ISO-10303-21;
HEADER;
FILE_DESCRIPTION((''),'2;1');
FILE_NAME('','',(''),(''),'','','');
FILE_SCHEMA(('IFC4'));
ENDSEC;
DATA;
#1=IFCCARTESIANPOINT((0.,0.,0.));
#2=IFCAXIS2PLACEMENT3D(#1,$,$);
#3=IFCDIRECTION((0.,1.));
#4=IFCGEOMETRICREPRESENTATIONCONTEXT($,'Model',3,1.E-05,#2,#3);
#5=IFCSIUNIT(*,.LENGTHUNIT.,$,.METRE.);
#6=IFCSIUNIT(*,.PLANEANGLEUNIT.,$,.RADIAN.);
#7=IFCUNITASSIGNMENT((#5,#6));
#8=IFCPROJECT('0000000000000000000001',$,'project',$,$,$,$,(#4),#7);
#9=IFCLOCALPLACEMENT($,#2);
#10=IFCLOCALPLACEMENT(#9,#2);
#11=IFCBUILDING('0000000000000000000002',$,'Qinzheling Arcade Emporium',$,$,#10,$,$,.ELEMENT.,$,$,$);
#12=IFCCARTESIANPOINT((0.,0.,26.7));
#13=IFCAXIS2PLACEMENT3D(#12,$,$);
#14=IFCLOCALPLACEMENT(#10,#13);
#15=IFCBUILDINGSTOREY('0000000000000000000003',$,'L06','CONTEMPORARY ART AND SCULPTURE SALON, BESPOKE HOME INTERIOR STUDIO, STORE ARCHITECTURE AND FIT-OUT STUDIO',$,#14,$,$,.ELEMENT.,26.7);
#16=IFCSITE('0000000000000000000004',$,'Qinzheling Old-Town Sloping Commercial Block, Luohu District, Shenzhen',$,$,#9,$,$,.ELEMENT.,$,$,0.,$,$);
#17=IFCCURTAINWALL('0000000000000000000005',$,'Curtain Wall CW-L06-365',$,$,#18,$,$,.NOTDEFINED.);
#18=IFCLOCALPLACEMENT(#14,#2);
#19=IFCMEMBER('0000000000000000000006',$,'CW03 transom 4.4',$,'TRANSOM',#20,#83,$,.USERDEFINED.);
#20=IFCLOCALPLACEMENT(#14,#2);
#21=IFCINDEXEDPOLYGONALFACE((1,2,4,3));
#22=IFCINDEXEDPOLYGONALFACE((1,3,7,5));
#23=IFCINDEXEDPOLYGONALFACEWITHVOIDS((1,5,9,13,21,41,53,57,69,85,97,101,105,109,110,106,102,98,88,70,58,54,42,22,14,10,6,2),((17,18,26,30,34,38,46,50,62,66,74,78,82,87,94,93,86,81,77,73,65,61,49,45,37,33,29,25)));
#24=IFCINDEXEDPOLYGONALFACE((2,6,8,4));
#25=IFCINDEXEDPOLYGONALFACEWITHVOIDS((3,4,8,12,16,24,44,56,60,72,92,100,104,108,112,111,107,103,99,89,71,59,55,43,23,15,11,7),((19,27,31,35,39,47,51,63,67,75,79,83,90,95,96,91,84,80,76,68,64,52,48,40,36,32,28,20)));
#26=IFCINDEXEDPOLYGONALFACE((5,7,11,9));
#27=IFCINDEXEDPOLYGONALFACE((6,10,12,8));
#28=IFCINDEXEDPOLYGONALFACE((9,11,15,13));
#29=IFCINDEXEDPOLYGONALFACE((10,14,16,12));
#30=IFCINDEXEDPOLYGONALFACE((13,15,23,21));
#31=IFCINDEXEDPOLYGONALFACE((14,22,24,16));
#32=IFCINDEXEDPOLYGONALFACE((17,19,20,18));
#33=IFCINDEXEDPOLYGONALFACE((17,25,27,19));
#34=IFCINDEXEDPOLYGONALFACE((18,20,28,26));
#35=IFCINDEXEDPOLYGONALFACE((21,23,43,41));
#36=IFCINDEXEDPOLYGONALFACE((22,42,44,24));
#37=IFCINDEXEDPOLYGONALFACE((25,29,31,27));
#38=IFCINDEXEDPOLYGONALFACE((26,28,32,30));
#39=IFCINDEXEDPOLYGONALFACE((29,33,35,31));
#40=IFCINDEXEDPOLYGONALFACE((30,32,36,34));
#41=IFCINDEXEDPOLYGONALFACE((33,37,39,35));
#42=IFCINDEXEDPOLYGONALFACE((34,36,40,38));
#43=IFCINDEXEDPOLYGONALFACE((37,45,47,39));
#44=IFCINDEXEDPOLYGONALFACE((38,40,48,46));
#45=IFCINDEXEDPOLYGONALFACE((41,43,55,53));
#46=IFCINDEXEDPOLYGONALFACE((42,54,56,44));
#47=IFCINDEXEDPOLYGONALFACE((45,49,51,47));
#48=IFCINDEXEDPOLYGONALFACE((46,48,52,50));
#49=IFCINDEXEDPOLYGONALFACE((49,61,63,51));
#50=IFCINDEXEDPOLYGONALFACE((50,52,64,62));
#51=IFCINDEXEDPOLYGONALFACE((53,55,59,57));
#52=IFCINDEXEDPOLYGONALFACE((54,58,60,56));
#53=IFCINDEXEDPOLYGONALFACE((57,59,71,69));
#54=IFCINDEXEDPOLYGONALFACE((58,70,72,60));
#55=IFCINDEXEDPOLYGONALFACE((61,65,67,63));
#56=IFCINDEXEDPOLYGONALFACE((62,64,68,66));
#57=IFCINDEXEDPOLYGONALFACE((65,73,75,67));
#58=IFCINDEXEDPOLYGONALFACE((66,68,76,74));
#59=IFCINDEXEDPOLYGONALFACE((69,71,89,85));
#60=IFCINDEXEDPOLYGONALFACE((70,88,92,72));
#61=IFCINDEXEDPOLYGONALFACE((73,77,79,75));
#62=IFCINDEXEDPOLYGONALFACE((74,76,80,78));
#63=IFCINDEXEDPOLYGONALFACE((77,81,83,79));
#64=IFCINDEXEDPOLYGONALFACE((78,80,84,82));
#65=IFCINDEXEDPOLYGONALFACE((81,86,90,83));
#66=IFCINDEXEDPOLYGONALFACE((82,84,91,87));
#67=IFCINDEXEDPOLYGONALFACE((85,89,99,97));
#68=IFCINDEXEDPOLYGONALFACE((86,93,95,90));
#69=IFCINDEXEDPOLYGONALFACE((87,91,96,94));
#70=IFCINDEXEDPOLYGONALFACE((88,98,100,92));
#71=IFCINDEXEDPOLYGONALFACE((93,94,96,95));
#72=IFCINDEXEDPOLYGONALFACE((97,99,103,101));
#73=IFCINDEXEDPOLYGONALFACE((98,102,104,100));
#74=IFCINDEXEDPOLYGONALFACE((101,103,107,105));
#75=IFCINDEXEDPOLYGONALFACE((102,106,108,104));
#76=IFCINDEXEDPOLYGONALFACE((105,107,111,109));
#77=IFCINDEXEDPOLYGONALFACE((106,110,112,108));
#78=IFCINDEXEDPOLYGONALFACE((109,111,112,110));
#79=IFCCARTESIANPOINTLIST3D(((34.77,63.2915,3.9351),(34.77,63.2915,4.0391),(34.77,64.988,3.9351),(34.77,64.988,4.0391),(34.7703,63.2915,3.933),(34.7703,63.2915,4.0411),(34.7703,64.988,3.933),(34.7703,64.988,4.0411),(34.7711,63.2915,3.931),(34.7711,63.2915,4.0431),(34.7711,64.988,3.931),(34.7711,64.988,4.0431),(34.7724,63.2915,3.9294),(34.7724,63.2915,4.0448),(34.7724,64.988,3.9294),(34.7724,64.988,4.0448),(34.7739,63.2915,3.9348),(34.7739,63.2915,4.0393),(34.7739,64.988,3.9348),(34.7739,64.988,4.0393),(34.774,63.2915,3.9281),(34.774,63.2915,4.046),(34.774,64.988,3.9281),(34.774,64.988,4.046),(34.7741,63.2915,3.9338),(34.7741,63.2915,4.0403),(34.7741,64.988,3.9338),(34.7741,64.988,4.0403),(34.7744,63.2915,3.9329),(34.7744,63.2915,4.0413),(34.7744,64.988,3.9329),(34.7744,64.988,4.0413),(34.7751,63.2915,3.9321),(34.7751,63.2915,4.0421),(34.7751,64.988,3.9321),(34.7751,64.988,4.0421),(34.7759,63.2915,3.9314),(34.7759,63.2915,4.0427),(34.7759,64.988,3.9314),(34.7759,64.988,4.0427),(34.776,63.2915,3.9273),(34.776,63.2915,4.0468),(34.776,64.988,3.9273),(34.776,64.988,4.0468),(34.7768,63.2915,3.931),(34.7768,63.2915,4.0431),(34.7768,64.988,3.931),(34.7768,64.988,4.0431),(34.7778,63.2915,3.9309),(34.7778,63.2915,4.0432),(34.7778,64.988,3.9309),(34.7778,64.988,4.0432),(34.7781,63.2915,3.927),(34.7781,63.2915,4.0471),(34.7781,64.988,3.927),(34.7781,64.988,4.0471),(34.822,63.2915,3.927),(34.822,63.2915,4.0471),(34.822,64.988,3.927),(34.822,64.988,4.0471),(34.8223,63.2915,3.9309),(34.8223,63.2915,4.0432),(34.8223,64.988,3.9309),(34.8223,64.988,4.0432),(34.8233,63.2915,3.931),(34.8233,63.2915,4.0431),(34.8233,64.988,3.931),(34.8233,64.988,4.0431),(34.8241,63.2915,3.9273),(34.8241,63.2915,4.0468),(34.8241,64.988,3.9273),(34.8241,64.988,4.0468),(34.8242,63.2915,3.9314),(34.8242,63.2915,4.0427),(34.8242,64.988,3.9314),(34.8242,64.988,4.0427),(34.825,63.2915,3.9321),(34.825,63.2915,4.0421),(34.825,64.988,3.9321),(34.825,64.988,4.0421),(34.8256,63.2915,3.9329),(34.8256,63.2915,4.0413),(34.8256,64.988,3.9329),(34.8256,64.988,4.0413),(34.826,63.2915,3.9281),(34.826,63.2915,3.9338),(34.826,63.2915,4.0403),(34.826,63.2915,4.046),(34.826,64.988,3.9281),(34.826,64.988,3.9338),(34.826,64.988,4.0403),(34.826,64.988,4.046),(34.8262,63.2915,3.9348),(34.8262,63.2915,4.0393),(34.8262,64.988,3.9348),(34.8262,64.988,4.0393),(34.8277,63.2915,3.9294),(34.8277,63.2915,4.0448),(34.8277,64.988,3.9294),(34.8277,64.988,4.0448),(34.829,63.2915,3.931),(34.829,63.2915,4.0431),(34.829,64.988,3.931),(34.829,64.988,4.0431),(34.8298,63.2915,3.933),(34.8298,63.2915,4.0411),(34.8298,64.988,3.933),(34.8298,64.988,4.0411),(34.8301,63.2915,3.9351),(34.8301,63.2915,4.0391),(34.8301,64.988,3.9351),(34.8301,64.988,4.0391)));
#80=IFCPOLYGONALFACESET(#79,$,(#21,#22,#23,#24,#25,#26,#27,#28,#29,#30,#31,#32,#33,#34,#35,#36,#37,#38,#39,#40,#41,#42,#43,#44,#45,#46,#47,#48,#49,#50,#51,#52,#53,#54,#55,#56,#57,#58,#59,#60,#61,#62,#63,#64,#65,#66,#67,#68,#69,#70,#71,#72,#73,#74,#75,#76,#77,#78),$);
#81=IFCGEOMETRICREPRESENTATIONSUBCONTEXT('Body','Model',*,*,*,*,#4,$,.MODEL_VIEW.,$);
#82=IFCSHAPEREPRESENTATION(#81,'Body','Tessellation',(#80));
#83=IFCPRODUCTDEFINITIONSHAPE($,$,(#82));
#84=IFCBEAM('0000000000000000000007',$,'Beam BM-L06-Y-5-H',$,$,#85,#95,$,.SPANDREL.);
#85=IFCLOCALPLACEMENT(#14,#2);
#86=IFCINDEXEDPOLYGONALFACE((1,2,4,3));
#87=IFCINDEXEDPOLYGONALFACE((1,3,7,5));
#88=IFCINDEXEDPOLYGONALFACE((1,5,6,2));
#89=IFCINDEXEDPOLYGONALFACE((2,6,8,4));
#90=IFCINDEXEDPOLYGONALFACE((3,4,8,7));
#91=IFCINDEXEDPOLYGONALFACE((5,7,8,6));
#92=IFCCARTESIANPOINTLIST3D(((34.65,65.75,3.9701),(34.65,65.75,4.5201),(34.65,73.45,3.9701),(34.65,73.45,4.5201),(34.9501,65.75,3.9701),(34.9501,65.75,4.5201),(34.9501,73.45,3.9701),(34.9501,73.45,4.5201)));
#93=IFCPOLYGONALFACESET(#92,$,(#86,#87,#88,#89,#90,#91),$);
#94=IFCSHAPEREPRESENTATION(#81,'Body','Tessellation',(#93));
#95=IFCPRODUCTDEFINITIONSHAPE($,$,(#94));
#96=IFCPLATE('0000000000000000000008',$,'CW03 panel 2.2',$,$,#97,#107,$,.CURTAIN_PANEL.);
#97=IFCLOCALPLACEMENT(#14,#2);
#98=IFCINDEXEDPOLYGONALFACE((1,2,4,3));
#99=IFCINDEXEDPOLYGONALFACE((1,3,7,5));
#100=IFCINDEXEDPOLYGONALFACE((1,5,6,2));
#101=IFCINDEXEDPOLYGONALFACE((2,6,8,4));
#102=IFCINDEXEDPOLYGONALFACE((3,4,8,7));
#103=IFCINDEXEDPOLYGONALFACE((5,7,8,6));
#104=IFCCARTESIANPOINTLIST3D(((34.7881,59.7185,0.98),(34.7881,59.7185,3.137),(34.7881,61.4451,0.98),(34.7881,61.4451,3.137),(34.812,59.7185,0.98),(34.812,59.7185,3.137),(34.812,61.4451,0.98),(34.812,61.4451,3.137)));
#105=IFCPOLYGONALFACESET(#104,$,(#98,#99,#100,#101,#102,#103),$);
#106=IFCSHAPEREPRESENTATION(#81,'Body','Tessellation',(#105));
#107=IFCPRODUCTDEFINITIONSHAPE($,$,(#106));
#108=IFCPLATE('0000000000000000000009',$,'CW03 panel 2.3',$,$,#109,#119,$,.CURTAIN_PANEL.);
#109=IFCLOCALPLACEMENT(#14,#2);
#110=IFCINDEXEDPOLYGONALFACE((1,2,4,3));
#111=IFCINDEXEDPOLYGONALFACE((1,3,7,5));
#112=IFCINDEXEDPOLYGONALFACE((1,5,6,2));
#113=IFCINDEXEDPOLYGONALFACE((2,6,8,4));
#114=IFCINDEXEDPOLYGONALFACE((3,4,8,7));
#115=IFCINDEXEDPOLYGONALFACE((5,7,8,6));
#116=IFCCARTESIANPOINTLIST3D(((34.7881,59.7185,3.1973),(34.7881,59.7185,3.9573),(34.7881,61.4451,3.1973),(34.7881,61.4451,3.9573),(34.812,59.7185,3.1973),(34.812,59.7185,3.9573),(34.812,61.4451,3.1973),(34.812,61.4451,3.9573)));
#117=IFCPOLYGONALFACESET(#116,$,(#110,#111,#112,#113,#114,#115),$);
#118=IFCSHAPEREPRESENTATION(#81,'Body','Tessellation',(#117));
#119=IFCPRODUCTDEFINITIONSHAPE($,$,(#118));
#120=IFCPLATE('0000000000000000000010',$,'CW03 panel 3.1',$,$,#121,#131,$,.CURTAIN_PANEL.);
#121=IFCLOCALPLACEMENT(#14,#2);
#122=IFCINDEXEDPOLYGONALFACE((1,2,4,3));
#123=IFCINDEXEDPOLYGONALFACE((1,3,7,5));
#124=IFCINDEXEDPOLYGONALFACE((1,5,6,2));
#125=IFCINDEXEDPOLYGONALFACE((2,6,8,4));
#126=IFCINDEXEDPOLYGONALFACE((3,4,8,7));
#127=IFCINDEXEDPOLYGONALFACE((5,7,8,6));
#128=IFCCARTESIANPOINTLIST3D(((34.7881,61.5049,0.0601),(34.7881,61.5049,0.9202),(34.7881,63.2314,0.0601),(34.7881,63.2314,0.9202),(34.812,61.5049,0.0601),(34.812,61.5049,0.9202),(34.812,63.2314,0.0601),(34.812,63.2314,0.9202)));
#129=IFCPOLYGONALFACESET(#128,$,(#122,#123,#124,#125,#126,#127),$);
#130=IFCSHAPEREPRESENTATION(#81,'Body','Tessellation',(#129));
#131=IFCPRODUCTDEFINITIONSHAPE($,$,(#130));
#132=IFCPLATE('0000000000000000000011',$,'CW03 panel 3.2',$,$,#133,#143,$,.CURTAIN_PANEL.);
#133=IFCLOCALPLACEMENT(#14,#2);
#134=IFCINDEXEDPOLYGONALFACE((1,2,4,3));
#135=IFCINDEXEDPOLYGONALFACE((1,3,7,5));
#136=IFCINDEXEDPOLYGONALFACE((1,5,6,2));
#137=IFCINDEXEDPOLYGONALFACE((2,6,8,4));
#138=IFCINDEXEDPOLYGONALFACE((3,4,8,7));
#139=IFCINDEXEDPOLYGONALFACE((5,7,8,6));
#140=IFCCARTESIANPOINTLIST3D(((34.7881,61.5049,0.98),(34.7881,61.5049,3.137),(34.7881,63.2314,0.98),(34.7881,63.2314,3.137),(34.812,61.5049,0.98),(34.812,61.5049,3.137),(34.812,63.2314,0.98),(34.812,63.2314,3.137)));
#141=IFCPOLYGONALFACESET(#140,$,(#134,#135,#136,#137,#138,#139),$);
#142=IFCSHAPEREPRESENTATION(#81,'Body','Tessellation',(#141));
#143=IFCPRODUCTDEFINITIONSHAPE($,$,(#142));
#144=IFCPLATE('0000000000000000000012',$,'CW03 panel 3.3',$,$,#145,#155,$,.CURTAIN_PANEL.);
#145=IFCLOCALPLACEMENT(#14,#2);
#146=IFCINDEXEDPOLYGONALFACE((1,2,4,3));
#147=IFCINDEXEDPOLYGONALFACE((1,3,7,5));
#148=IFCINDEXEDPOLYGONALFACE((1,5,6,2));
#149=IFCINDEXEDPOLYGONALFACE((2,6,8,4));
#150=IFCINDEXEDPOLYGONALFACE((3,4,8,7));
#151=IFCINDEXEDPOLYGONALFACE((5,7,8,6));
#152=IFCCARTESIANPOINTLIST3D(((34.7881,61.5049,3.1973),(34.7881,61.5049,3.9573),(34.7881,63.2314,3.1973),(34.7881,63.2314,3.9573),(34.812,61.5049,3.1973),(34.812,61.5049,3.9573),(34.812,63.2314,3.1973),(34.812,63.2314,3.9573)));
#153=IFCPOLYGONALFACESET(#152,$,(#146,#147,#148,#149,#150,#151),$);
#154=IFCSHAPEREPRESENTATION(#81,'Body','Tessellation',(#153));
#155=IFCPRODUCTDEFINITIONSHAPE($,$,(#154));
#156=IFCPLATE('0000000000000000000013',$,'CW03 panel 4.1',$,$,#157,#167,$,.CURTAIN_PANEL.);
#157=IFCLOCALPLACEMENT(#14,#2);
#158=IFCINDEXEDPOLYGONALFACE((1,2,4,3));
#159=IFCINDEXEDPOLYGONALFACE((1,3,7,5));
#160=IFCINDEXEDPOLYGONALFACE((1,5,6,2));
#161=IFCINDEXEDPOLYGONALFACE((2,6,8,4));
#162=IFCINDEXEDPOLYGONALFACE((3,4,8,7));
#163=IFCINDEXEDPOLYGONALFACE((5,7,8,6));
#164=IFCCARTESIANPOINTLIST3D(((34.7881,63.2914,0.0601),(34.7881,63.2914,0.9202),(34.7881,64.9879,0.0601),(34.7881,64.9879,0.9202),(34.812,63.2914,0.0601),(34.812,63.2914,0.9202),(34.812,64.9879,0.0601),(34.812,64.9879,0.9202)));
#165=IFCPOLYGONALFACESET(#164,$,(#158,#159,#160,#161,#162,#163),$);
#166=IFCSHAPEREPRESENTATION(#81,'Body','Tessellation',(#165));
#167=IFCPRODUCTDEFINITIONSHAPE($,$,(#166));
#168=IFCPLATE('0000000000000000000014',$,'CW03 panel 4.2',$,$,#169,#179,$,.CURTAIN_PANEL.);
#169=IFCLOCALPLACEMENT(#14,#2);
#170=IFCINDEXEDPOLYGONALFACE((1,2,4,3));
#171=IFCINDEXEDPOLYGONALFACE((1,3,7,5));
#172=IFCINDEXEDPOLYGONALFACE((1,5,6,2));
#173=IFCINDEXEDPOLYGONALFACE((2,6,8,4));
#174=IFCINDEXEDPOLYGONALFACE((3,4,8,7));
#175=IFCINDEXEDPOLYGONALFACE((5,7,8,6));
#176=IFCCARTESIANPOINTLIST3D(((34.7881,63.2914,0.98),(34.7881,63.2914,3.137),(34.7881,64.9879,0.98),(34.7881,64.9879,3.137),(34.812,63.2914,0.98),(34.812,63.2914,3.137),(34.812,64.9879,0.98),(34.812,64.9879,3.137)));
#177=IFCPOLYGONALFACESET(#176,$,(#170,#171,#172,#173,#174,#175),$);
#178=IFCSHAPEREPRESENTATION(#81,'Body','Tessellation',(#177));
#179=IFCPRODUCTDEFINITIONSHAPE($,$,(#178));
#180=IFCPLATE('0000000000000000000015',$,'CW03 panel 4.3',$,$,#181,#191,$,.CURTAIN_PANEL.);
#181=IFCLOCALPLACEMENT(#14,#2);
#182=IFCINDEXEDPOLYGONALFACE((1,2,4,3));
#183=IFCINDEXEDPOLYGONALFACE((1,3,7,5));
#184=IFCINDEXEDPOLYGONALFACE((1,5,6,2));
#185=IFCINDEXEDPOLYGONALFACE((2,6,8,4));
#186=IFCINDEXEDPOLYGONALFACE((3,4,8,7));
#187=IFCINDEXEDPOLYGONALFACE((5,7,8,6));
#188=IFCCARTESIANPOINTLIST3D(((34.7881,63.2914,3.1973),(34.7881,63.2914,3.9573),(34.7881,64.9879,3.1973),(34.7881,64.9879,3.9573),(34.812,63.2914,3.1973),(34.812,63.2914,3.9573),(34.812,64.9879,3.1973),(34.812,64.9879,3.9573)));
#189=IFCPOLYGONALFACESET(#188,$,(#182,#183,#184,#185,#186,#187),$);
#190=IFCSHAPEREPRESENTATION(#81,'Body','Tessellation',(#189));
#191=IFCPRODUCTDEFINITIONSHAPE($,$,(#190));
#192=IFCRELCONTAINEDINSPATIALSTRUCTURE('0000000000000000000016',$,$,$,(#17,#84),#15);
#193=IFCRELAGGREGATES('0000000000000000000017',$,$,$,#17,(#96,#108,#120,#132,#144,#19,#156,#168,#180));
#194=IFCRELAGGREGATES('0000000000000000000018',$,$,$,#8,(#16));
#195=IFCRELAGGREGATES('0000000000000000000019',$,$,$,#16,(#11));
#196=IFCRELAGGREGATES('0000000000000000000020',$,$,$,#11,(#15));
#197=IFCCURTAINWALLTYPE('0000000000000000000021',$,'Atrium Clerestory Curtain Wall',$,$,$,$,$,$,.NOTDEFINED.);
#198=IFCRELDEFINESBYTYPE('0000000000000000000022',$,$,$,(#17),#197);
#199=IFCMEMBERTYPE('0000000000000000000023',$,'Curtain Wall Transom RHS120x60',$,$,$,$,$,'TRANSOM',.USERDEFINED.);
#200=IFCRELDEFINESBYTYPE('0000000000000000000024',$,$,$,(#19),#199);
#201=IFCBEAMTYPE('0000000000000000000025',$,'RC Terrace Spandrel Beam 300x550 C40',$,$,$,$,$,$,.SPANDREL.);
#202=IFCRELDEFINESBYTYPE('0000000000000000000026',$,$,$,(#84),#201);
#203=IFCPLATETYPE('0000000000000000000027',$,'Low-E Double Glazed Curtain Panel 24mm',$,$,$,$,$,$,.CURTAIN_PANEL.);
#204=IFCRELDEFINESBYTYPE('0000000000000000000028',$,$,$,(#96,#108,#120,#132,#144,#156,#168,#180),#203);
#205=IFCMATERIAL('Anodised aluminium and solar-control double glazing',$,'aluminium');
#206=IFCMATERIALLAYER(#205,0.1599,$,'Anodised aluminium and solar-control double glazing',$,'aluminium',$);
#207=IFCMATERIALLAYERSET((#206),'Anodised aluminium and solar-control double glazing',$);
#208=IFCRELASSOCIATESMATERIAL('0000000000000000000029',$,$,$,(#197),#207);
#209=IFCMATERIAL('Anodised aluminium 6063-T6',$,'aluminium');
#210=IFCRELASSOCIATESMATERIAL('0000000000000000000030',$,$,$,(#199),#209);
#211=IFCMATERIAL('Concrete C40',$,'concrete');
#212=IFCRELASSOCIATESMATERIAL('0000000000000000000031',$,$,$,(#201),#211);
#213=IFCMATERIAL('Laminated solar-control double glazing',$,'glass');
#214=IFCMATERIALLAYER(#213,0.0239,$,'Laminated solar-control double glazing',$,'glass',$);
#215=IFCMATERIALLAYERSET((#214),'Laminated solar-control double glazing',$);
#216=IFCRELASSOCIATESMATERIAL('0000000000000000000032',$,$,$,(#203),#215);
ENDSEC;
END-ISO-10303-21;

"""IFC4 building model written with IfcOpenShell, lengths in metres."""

from ifc_helpers import new_model, si_unit, direction, frame, origin, origin_2d, place, context, subcontext, project, spatial, rectangle, hollow_rectangle, extrude, material, layer, layer_set, material_profile, profile_set, type_object, element, aggregate, save


model = new_model("IFC4")

# Units and contexts
model_context = context("Model", 3, precision=1e-05, world=origin(), true_north=direction((0.0, 1.0)))
body_context = subcontext(model_context, "Body", "Model", "MODEL_VIEW")
ifc_project = project(units=[si_unit("LENGTHUNIT", "METRE"), si_unit("PLANEANGLEUNIT", "RADIAN")], contexts=[model_context])

# Site, building, storey
site_placement = place(None, origin())
site = spatial("IfcSite", under=ifc_project, at=site_placement, Name="Qinzheling Old-Town Sloping Commercial Block, Luohu District, Shenzhen", CompositionType="ELEMENT", RefElevation=0.0)
building_placement = place(site_placement, origin())
building = spatial("IfcBuilding", under=site, at=building_placement, Name="Qinzheling Arcade Emporium", CompositionType="ELEMENT")
storey_placement = place(building_placement, frame((0.0, 0.0, 26.7)))
storey = spatial("IfcBuildingStorey", under=building, at=storey_placement, Name="L06", Description="CONTEMPORARY ART AND SCULPTURE SALON, BESPOKE HOME INTERIOR STUDIO, STORE ARCHITECTURE AND FIT-OUT STUDIO", CompositionType="ELEMENT", Elevation=26.7)

# Shared definitions
ifc_material_1 = material(Name="Concrete C40", Category="concrete")

# Curtain wall, member
ifc_material_2 = material(Name="Anodised aluminium and solar-control double glazing", Category="aluminium")
ifc_layer_1 = layer(ifc_material_2, 0.1599, Name="Anodised aluminium and solar-control double glazing", Category="aluminium")
ifc_layer_set_1 = layer_set([ifc_layer_1], Name="Anodised aluminium and solar-control double glazing")
curtain_wall_type = type_object("IfcCurtainWallType", Name="Atrium Clerestory Curtain Wall", PredefinedType="NOTDEFINED", material=ifc_layer_set_1)
curtain_wall_placement = place(storey_placement, origin())
curtain_wall = element("IfcCurtainWall", 1, at=curtain_wall_placement, inside=storey, type_object=curtain_wall_type, Name="Curtain Wall CW-L06-365", PredefinedType="NOTDEFINED")
ifc_material_3 = material(Name="Anodised aluminium 6063-T6", Category="aluminium")
ifc_material_profile_1 = material_profile(ifc_material_3, hollow_rectangle(XDim=0.0601, YDim=0.1201, WallThickness=0.0039, InnerFilletRadius=0.0039, OuterFilletRadius=0.0081, at=origin_2d()), Name="RHS 120x60x4", Category="aluminium")
ifc_profile_set_1 = profile_set([ifc_material_profile_1], Name="Anodised aluminium 6063-T6")
member_type_1 = type_object("IfcMemberType", Name="Curtain Wall Transom RHS120x60", ElementType="TRANSOM", PredefinedType="USERDEFINED", material=ifc_profile_set_1)
member_1_placement = place(storey_placement, frame((34.8, 63.2915, 3.9871), z_axis=(0.0, 1.0, 0.0), x_axis=(-1.0, 0.0, 0.0)))
member_1 = element("IfcMember", 2, at=member_1_placement, type_object=member_type_1, Name="CW03 transom 4.4", ObjectType="TRANSOM", PredefinedType="USERDEFINED", context=body_context, shape_type="SweptSolid", body=[
    extrude(hollow_rectangle(XDim=0.0601, YDim=0.1201, WallThickness=0.0039, InnerFilletRadius=0.0039, OuterFilletRadius=0.0081, at=origin_2d()), origin(), (0.0, 0.0, 1.0), 1.6965),
])

# Beam
ifc_material_profile_2 = material_profile(ifc_material_1, rectangle(XDim=0.3, YDim=0.55, at=origin_2d()), Name="RC 300x550", Category="concrete")
ifc_profile_set_2 = profile_set([ifc_material_profile_2], Name="Concrete C40")
beam_type = type_object("IfcBeamType", Name="RC Terrace Spandrel Beam 300x550 C40", PredefinedType="SPANDREL", material=ifc_profile_set_2)
beam_placement = place(storey_placement, frame((34.8, 65.75, 4.2451), z_axis=(0.0, 1.0, 0.0), x_axis=(-1.0, 0.0, 0.0)))
element("IfcBeam", 3, at=beam_placement, inside=storey, type_object=beam_type, Name="Beam BM-L06-Y-5-H", PredefinedType="SPANDREL", context=body_context, shape_type="SweptSolid", body=[
    extrude(rectangle(XDim=0.3, YDim=0.55, at=origin_2d()), origin(), (0.0, 0.0, 1.0), 7.7),
])

# Plates
ifc_material_4 = material(Name="Laminated solar-control double glazing", Category="glass")
ifc_layer_2 = layer(ifc_material_4, 0.0239, Name="Laminated solar-control double glazing", Category="glass")
ifc_layer_set_2 = layer_set([ifc_layer_2], Name="Laminated solar-control double glazing")
plate_type = type_object("IfcPlateType", Name="Low-E Double Glazed Curtain Panel 24mm", PredefinedType="CURTAIN_PANEL", material=ifc_layer_set_2)
plate_1_placement = place(storey_placement, frame((34.8, 60.5818, 0.98), z_axis=(0.0, 0.0, 1.0), x_axis=(0.0, 1.0, 0.0)))
plate_1 = element("IfcPlate", 4, at=plate_1_placement, type_object=plate_type, Name="CW03 panel 2.2", PredefinedType="CURTAIN_PANEL", context=body_context, shape_type="SweptSolid", body=[
    extrude(rectangle(XDim=1.7266, YDim=0.0239, at=origin_2d()), origin(), (0.0, 0.0, 1.0), 2.157),
])
plate_2_placement = place(storey_placement, frame((34.8, 60.5818, 3.1973), z_axis=(0.0, 0.0, 1.0), x_axis=(0.0, 1.0, 0.0)))
plate_2 = element("IfcPlate", 5, at=plate_2_placement, type_object=plate_type, Name="CW03 panel 2.3", PredefinedType="CURTAIN_PANEL", context=body_context, shape_type="SweptSolid", body=[
    extrude(rectangle(XDim=1.7266, YDim=0.0239, at=origin_2d()), origin(), (0.0, 0.0, 1.0), 0.76),
])
plate_3_placement = place(storey_placement, frame((34.8, 62.3682, 0.0601), z_axis=(0.0, 0.0, 1.0), x_axis=(0.0, 1.0, 0.0)))
plate_3 = element("IfcPlate", 6, at=plate_3_placement, type_object=plate_type, Name="CW03 panel 3.1", PredefinedType="CURTAIN_PANEL", context=body_context, shape_type="SweptSolid", body=[
    extrude(rectangle(XDim=1.7266, YDim=0.0239, at=origin_2d()), origin(), (0.0, 0.0, 1.0), 0.8601),
])
plate_4_placement = place(storey_placement, frame((34.8, 62.3682, 0.98), z_axis=(0.0, 0.0, 1.0), x_axis=(0.0, 1.0, 0.0)))
plate_4 = element("IfcPlate", 7, at=plate_4_placement, type_object=plate_type, Name="CW03 panel 3.2", PredefinedType="CURTAIN_PANEL", context=body_context, shape_type="SweptSolid", body=[
    extrude(rectangle(XDim=1.7266, YDim=0.0239, at=origin_2d()), origin(), (0.0, 0.0, 1.0), 2.157),
])
plate_5_placement = place(storey_placement, frame((34.8, 62.3682, 3.1973), z_axis=(0.0, 0.0, 1.0), x_axis=(0.0, 1.0, 0.0)))
plate_5 = element("IfcPlate", 8, at=plate_5_placement, type_object=plate_type, Name="CW03 panel 3.3", PredefinedType="CURTAIN_PANEL", context=body_context, shape_type="SweptSolid", body=[
    extrude(rectangle(XDim=1.7266, YDim=0.0239, at=origin_2d()), origin(), (0.0, 0.0, 1.0), 0.76),
])
plate_6_placement = place(storey_placement, frame((34.8, 64.1396, 0.0601), z_axis=(0.0, 0.0, 1.0), x_axis=(0.0, 1.0, 0.0)))
plate_6 = element("IfcPlate", 9, at=plate_6_placement, type_object=plate_type, Name="CW03 panel 4.1", PredefinedType="CURTAIN_PANEL", context=body_context, shape_type="SweptSolid", body=[
    extrude(rectangle(XDim=1.6965, YDim=0.0239, at=origin_2d()), origin(), (0.0, 0.0, 1.0), 0.8601),
])
plate_7_placement = place(storey_placement, frame((34.8, 64.1396, 0.98), z_axis=(0.0, 0.0, 1.0), x_axis=(0.0, 1.0, 0.0)))
plate_7 = element("IfcPlate", 10, at=plate_7_placement, type_object=plate_type, Name="CW03 panel 4.2", PredefinedType="CURTAIN_PANEL", context=body_context, shape_type="SweptSolid", body=[
    extrude(rectangle(XDim=1.6965, YDim=0.0239, at=origin_2d()), origin(), (0.0, 0.0, 1.0), 2.157),
])
plate_8_placement = place(storey_placement, frame((34.8, 64.1396, 3.1973), z_axis=(0.0, 0.0, 1.0), x_axis=(0.0, 1.0, 0.0)))
plate_8 = element("IfcPlate", 11, at=plate_8_placement, type_object=plate_type, Name="CW03 panel 4.3", PredefinedType="CURTAIN_PANEL", context=body_context, shape_type="SweptSolid", body=[
    extrude(rectangle(XDim=1.6965, YDim=0.0239, at=origin_2d()), origin(), (0.0, 0.0, 1.0), 0.76),
])
aggregate(curtain_wall, [plate_1, plate_2, plate_3, plate_4, plate_5, member_1, plate_6, plate_7, plate_8])

save(model, "model.ifc")
